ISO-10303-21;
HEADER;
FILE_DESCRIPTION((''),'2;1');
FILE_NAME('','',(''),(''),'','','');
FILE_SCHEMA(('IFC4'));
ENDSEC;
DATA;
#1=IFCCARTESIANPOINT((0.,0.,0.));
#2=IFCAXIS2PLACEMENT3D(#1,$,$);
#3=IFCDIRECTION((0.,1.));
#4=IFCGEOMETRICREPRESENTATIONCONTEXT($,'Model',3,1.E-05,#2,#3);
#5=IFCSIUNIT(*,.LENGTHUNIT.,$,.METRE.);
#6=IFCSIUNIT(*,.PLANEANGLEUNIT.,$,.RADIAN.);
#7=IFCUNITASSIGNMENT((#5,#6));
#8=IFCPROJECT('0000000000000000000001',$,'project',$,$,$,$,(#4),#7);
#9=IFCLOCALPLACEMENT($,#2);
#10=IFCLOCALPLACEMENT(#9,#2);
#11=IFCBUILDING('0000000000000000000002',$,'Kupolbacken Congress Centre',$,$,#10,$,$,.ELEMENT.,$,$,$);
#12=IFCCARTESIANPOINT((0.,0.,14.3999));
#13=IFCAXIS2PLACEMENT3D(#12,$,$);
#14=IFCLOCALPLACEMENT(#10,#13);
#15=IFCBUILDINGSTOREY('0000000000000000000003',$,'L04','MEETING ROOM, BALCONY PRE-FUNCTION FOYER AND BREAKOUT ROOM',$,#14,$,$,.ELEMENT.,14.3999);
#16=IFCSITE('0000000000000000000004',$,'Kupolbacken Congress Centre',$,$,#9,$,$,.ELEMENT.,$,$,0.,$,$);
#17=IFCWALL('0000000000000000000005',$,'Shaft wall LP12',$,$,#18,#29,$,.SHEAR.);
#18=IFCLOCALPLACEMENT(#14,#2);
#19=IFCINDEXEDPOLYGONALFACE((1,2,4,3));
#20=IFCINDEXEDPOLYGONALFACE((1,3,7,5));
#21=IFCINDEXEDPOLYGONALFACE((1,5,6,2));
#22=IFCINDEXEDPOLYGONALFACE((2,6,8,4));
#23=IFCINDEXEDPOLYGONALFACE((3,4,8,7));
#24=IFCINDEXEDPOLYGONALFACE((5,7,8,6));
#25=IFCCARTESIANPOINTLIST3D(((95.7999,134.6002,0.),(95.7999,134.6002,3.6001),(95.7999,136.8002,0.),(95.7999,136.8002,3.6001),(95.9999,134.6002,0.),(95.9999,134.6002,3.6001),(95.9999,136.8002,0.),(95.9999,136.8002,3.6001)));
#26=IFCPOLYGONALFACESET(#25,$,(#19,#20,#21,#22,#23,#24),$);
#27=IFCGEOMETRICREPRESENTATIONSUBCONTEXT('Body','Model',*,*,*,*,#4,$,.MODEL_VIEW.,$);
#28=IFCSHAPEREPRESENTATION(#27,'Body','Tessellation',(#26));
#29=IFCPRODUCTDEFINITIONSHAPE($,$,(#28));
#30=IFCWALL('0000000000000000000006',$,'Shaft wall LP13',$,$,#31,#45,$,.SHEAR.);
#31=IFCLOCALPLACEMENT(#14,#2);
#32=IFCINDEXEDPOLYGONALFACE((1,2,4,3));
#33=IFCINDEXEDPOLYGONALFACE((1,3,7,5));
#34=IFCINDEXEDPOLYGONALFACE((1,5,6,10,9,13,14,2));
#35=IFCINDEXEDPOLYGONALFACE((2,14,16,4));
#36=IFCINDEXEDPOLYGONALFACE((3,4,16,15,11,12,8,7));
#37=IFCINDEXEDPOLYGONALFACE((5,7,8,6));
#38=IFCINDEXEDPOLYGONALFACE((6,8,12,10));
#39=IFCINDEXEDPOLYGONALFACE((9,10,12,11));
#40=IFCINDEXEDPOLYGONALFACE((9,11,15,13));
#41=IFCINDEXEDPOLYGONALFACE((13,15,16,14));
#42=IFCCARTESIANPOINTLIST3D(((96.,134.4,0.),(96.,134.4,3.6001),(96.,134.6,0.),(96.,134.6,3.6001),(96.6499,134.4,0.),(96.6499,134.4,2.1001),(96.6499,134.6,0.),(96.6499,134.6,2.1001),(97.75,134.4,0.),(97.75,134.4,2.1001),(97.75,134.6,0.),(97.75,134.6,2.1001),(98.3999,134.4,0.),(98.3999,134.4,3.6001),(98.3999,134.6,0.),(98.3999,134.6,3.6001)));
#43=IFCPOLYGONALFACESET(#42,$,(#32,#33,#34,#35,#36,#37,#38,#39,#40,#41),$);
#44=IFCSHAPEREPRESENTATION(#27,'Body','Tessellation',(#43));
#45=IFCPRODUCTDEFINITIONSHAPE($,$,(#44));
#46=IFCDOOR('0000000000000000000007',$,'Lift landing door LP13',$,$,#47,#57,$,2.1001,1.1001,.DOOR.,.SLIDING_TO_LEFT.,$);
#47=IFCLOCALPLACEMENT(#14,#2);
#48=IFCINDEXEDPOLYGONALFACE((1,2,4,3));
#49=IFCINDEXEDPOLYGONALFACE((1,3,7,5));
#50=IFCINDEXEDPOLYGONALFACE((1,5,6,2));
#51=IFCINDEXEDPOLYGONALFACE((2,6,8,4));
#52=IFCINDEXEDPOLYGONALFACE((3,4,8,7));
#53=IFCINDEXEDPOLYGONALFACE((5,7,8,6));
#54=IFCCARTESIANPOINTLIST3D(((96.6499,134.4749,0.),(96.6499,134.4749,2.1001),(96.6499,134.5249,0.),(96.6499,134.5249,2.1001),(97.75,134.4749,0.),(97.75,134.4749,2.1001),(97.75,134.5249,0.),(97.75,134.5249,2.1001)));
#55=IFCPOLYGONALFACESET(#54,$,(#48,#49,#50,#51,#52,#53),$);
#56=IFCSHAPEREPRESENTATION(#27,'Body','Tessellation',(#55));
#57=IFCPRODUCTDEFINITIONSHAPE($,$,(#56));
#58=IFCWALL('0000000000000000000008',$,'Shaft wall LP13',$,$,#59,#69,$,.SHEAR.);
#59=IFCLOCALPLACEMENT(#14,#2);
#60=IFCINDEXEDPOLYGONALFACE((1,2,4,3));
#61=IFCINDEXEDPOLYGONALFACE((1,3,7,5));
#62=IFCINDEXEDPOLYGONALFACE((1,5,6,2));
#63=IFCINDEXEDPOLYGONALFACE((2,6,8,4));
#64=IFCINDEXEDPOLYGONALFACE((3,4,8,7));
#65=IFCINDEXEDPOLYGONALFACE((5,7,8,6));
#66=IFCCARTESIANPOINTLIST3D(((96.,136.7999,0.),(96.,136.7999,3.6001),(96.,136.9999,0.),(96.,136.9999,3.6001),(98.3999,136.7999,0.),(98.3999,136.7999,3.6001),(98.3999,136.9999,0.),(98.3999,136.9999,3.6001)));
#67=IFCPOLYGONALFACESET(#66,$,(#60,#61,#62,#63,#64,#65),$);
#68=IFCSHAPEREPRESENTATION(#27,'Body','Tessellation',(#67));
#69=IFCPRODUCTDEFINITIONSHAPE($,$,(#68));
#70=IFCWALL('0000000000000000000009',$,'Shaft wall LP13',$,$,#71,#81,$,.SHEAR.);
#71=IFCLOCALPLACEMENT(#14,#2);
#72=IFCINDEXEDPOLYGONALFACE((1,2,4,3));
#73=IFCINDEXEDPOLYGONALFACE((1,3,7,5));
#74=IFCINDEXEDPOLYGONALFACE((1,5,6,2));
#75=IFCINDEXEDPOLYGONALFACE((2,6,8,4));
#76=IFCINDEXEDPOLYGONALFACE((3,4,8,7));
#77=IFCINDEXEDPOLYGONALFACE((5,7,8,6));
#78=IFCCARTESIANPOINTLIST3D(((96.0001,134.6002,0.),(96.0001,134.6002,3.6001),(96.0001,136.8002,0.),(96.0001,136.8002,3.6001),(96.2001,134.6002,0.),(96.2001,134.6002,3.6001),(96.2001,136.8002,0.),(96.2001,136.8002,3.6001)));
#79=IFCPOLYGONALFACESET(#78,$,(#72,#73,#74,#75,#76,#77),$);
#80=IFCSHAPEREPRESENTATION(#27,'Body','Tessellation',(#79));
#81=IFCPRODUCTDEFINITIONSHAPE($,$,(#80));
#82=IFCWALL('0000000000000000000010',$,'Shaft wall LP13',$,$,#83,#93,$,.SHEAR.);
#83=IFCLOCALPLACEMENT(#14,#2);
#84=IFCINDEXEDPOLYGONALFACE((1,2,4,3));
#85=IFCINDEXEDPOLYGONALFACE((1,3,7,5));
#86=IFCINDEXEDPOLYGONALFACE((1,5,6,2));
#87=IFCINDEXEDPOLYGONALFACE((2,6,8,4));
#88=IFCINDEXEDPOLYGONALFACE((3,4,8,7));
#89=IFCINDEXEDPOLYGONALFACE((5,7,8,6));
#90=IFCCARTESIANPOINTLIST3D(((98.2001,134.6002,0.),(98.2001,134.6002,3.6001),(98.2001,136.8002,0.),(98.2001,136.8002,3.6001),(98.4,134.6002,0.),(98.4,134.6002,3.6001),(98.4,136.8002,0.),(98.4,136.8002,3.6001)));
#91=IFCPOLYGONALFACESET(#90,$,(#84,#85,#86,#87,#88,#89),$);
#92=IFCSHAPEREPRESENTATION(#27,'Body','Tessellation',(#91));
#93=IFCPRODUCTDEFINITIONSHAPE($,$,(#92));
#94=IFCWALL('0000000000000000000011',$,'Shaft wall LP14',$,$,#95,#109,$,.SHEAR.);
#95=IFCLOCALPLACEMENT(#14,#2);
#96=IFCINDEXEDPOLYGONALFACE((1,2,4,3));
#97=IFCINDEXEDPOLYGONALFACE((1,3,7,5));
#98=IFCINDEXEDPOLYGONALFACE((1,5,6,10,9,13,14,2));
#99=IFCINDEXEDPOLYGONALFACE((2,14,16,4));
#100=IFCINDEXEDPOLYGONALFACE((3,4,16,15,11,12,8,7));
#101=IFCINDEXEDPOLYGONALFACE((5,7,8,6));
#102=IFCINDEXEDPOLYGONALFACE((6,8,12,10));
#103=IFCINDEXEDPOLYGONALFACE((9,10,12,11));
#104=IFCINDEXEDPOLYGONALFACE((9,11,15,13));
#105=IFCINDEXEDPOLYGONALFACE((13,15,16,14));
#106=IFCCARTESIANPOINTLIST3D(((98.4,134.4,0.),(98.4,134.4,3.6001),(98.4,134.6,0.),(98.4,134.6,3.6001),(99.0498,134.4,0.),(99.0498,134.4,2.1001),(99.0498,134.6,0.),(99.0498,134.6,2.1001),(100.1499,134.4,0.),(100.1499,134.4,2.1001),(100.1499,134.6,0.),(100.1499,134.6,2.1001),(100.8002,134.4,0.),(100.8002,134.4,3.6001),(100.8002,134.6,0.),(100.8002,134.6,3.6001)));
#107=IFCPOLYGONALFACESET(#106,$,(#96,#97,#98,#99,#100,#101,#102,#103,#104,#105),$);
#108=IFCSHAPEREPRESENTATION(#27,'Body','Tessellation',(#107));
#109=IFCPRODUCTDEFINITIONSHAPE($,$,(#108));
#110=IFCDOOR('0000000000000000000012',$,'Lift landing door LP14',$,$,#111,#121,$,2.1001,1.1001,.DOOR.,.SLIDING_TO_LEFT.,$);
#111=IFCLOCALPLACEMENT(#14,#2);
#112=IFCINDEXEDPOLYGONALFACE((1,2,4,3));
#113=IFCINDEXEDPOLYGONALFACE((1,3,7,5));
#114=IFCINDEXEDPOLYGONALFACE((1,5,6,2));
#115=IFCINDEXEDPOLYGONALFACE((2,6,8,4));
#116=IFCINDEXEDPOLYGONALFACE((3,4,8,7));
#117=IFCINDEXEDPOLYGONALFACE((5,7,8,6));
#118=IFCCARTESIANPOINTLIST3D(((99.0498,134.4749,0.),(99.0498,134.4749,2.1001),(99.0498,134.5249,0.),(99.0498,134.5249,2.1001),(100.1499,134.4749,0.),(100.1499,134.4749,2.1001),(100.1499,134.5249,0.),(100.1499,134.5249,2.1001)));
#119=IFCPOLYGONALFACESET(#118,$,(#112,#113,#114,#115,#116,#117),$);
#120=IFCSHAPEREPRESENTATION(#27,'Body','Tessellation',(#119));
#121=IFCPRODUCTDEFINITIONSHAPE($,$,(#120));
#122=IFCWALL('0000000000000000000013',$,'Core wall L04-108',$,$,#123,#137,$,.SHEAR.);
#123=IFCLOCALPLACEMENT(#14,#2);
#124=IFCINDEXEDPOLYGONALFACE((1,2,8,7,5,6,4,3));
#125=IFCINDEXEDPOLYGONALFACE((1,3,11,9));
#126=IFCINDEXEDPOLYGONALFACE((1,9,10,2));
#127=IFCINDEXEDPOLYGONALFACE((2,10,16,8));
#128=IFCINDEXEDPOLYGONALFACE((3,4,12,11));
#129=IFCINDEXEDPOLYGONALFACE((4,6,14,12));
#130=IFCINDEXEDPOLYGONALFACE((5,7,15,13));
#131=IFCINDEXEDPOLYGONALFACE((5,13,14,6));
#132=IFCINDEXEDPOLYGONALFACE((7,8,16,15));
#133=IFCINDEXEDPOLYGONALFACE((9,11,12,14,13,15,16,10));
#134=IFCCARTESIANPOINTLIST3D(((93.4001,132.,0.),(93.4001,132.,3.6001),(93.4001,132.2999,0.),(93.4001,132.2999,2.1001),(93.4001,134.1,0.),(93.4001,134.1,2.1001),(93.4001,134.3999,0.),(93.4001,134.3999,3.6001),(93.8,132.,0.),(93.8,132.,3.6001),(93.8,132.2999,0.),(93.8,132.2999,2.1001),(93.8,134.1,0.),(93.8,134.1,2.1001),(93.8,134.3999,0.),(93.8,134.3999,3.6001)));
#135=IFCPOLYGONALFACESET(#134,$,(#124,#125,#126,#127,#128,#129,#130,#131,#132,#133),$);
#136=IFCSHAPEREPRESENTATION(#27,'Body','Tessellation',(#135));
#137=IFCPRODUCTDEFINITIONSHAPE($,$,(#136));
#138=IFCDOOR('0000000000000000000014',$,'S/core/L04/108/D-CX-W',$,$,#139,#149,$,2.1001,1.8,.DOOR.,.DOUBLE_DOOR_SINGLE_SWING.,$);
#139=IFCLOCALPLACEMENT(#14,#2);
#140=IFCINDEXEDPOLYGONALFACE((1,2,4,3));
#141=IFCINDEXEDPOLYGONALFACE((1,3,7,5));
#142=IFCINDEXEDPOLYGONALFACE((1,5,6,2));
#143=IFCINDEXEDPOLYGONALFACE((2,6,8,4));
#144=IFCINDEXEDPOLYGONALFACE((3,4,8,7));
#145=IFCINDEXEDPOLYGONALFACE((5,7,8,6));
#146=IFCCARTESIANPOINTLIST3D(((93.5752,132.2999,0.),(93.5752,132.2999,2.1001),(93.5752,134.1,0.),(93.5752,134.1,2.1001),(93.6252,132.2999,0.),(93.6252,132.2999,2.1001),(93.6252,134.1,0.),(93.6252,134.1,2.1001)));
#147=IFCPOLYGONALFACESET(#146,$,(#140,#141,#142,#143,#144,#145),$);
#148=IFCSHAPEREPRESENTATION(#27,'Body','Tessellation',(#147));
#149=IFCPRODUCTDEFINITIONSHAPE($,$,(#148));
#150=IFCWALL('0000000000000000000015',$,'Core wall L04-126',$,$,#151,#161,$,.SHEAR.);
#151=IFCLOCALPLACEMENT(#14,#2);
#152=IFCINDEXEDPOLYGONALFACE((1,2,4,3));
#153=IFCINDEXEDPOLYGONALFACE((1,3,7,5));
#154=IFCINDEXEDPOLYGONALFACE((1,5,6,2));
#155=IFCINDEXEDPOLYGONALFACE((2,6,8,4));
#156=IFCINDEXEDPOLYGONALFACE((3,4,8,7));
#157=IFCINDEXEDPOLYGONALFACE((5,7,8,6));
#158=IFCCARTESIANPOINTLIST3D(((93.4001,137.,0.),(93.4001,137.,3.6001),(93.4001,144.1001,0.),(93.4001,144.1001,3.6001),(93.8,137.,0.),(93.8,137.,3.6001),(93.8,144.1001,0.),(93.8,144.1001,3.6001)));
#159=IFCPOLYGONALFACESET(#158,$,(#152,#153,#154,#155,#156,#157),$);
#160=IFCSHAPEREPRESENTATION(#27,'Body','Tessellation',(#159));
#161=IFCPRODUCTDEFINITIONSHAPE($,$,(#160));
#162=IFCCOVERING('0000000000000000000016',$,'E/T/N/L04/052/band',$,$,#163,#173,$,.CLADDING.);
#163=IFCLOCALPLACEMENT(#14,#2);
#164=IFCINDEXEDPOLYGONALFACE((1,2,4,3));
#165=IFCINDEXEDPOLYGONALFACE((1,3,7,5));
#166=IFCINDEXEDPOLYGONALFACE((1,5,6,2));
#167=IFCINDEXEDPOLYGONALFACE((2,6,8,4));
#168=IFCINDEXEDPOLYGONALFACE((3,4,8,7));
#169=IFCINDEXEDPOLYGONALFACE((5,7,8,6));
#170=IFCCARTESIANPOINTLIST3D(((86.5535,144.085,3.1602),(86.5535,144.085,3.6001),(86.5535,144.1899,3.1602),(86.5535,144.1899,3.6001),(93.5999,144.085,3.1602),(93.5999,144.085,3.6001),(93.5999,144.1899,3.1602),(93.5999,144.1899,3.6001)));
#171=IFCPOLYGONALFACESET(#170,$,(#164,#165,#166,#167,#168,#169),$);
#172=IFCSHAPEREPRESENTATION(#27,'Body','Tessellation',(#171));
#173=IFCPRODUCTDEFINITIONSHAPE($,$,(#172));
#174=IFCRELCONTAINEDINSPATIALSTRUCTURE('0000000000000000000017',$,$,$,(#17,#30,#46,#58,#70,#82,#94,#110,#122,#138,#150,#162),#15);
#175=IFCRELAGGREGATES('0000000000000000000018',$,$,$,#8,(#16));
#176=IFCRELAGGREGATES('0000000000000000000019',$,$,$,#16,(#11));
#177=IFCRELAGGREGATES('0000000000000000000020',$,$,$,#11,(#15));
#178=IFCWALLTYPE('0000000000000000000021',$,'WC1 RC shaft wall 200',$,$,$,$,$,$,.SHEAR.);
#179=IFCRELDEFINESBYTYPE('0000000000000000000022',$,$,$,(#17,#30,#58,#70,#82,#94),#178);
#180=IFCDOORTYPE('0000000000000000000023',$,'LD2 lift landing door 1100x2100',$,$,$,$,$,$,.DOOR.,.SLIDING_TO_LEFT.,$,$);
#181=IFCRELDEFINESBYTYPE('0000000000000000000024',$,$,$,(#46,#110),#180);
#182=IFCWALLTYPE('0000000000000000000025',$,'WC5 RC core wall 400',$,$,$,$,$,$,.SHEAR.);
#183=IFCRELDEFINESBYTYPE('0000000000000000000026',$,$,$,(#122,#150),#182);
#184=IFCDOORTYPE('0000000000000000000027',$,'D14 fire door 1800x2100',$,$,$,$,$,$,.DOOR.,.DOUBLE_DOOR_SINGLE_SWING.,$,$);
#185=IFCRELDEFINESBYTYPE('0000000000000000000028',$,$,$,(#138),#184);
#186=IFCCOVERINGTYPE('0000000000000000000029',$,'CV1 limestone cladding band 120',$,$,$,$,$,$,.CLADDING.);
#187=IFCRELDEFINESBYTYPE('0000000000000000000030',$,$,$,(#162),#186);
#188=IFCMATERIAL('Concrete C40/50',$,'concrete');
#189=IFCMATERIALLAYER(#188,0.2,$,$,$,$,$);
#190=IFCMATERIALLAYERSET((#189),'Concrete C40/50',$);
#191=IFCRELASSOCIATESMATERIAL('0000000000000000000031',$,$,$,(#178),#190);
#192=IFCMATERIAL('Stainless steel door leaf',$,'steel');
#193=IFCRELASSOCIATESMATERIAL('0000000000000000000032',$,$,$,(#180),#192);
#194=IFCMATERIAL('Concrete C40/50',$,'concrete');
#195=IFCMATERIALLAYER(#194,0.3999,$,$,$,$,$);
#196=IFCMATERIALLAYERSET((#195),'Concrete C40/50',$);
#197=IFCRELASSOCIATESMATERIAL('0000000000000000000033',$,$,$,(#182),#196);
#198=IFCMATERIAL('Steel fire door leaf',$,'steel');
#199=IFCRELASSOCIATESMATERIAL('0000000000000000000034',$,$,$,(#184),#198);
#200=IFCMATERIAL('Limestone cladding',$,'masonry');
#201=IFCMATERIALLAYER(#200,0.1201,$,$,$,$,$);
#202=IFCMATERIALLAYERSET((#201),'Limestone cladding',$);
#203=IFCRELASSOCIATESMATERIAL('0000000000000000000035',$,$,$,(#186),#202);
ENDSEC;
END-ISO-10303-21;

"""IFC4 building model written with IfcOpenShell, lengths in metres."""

from ifc_helpers import new_model, si_unit, direction, frame, frame_2d, origin, origin_2d, place, context, subcontext, project, spatial, rectangle, extrude, material, layer, layer_set, type_object, element, fill, save


model = new_model("IFC4")

# Units and contexts
model_context = context("Model", 3, precision=1e-05, world=origin(), true_north=direction((0.0, 1.0)))
body_context = subcontext(model_context, "Body", "Model", "MODEL_VIEW")
ifc_project = project(units=[si_unit("LENGTHUNIT", "METRE"), si_unit("PLANEANGLEUNIT", "RADIAN")], contexts=[model_context])

# Site, building, storey
site_placement = place(None, origin())
site = spatial("IfcSite", under=ifc_project, at=site_placement, Name="Kupolbacken Congress Centre", CompositionType="ELEMENT", RefElevation=0.0)
building_placement = place(site_placement, origin())
building = spatial("IfcBuilding", under=site, at=building_placement, Name="Kupolbacken Congress Centre", CompositionType="ELEMENT")
storey_placement = place(building_placement, frame((0.0, 0.0, 14.3999)))
storey = spatial("IfcBuildingStorey", under=building, at=storey_placement, Name="L04", Description="MEETING ROOM, BALCONY PRE-FUNCTION FOYER AND BREAKOUT ROOM", CompositionType="ELEMENT", Elevation=14.3999)

# Shared definitions
ifc_material_1 = material(Name="Concrete C40/50", Category="concrete")
ifc_layer_1 = layer(ifc_material_1, 0.2)
ifc_layer_set_1 = layer_set([ifc_layer_1], Name="Concrete C40/50")
wall_type_1 = type_object("IfcWallType", Name="WC1 RC shaft wall 200", PredefinedType="SHEAR", material=ifc_layer_set_1)
ifc_material_2 = material(Name="Stainless steel door leaf", Category="steel")
door_type_1 = type_object("IfcDoorType", Name="LD2 lift landing door 1100x2100", OperationType="SLIDING_TO_LEFT", PredefinedType="DOOR", material=ifc_material_2)

# Wall
for number, where, z_axis, x_axis, name in (
    (1, (95.8999, 134.6001, 0.0), (0.0, 0.0, 1.0), (0.0, 1.0, 0.0), "Shaft wall LP12"),
):
    element("IfcWall", number, at=place(storey_placement, frame(where, z_axis=z_axis, x_axis=x_axis)), inside=storey, type_object=wall_type_1, Name=name, PredefinedType="SHEAR", context=body_context, shape_type="SweptSolid", body=[
        extrude(rectangle(XDim=2.2, YDim=0.2, at=frame_2d((1.1001, 0.0))), origin(), (0.0, 0.0, 1.0), 3.6001),
    ])

# Wall, opening, door
wall_1_placement = place(storey_placement, frame((96.0, 134.5, 0.0), z_axis=(0.0, 0.0, 1.0), x_axis=(1.0, 0.0, 0.0)))
wall_1 = element("IfcWall", 2, at=wall_1_placement, inside=storey, type_object=wall_type_1, Name="Shaft wall LP13", PredefinedType="SHEAR", context=body_context, shape_type="SweptSolid", body=[
    extrude(rectangle(XDim=2.3999, YDim=0.2, at=frame_2d((1.2, 0.0))), origin(), (0.0, 0.0, 1.0), 3.6001),
])
opening_1_placement = place(wall_1_placement, frame((0.6499, 0.0, 0.0)))
opening_1 = element("IfcOpeningElement", 3, at=opening_1_placement, cuts=wall_1, PredefinedType="OPENING", context=body_context, shape_type="SweptSolid", body=[
    extrude(rectangle(XDim=1.1001, YDim=2.1001, at=frame_2d((0.55, 1.05))), frame((0.0, 0.1099, 0.0), z_axis=(0.0, -1.0, 0.0), x_axis=(1.0, 0.0, 0.0)), (0.0, 0.0, 1.0), 0.22),
])
door_1_placement = place(opening_1_placement, origin())
door_1 = element("IfcDoor", 4, at=door_1_placement, inside=storey, type_object=door_type_1, Name="Lift landing door LP13", OperationType="SLIDING_TO_LEFT", OverallHeight=2.1001, OverallWidth=1.1001, PredefinedType="DOOR", context=body_context, shape_type="SweptSolid", body=[
    extrude(rectangle(XDim=1.1001, YDim=2.1001, at=frame_2d((0.55, 1.05))), frame((0.0, 0.0249, 0.0), z_axis=(0.0, -1.0, 0.0), x_axis=(1.0, 0.0, 0.0)), (0.0, 0.0, 1.0), 0.05),
])
fill(opening_1, door_1)

# Walls
wall_2_placement = place(storey_placement, frame((96.0, 136.8999, 0.0), z_axis=(0.0, 0.0, 1.0), x_axis=(1.0, 0.0, 0.0)))
element("IfcWall", 5, at=wall_2_placement, inside=storey, type_object=wall_type_1, Name="Shaft wall LP13", PredefinedType="SHEAR", context=body_context, shape_type="SweptSolid", body=[
    extrude(rectangle(XDim=2.3999, YDim=0.2, at=frame_2d((1.2, 0.0))), origin(), (0.0, 0.0, 1.0), 3.6001),
])
for number, where, z_axis, x_axis, name in (
    (6, (96.1001, 134.6001, 0.0), (0.0, 0.0, 1.0), (0.0, 1.0, 0.0), "Shaft wall LP13"),
    (7, (98.3, 134.6001, 0.0), (0.0, 0.0, 1.0), (0.0, 1.0, 0.0), "Shaft wall LP13"),
):
    element("IfcWall", number, at=place(storey_placement, frame(where, z_axis=z_axis, x_axis=x_axis)), inside=storey, type_object=wall_type_1, Name=name, PredefinedType="SHEAR", context=body_context, shape_type="SweptSolid", body=[
        extrude(rectangle(XDim=2.2, YDim=0.2, at=frame_2d((1.1001, 0.0))), origin(), (0.0, 0.0, 1.0), 3.6001),
    ])

# Walls, openings, doors
wall_3_placement = place(storey_placement, frame((98.3999, 134.5, 0.0), z_axis=(0.0, 0.0, 1.0), x_axis=(1.0, 0.0, 0.0)))
wall_3 = element("IfcWall", 8, at=wall_3_placement, inside=storey, type_object=wall_type_1, Name="Shaft wall LP14", PredefinedType="SHEAR", context=body_context, shape_type="SweptSolid", body=[
    extrude(rectangle(XDim=2.4001, YDim=0.2, at=frame_2d((1.2002, 0.0))), origin(), (0.0, 0.0, 1.0), 3.6001),
])
opening_2_placement = place(wall_3_placement, frame((0.6499, 0.0, 0.0)))
opening_2 = element("IfcOpeningElement", 9, at=opening_2_placement, cuts=wall_3, PredefinedType="OPENING", context=body_context, shape_type="SweptSolid", body=[
    extrude(rectangle(XDim=1.1001, YDim=2.1001, at=frame_2d((0.55, 1.05))), frame((0.0, 0.1099, 0.0), z_axis=(0.0, -1.0, 0.0), x_axis=(1.0, 0.0, 0.0)), (0.0, 0.0, 1.0), 0.22),
])
door_2_placement = place(opening_2_placement, origin())
door_2 = element("IfcDoor", 10, at=door_2_placement, inside=storey, type_object=door_type_1, Name="Lift landing door LP14", OperationType="SLIDING_TO_LEFT", OverallHeight=2.1001, OverallWidth=1.1001, PredefinedType="DOOR", context=body_context, shape_type="SweptSolid", body=[
    extrude(rectangle(XDim=1.1001, YDim=2.1001, at=frame_2d((0.55, 1.05))), frame((0.0, 0.0249, 0.0), z_axis=(0.0, -1.0, 0.0), x_axis=(1.0, 0.0, 0.0)), (0.0, 0.0, 1.0), 0.05),
])
fill(opening_2, door_2)
ifc_material_3 = material(Name="Concrete C40/50", Category="concrete")
ifc_layer_2 = layer(ifc_material_3, 0.3999)
ifc_layer_set_2 = layer_set([ifc_layer_2], Name="Concrete C40/50")
wall_type_2 = type_object("IfcWallType", Name="WC5 RC core wall 400", PredefinedType="SHEAR", material=ifc_layer_set_2)
wall_4_placement = place(storey_placement, frame((93.6001, 132.0, 0.0), z_axis=(0.0, 0.0, 1.0), x_axis=(0.0, 1.0, 0.0)))
wall_4 = element("IfcWall", 11, at=wall_4_placement, inside=storey, type_object=wall_type_2, Name="Core wall L04-108", PredefinedType="SHEAR", context=body_context, shape_type="SweptSolid", body=[
    extrude(rectangle(XDim=2.3999, YDim=0.3999, at=frame_2d((1.2, 0.0))), origin(), (0.0, 0.0, 1.0), 3.6001),
])
opening_3_placement = place(wall_4_placement, frame((0.3, 0.0, 0.0)))
opening_3 = element("IfcOpeningElement", 12, at=opening_3_placement, cuts=wall_4, PredefinedType="OPENING", context=body_context, shape_type="SweptSolid", body=[
    extrude(rectangle(XDim=1.8, YDim=2.1001, at=frame_2d((0.8999, 1.05))), frame((0.0, 0.21, 0.0), z_axis=(0.0, -1.0, 0.0), x_axis=(1.0, 0.0, 0.0)), (0.0, 0.0, 1.0), 0.4199),
])
ifc_material_4 = material(Name="Steel fire door leaf", Category="steel")
door_type_2 = type_object("IfcDoorType", Name="D14 fire door 1800x2100", OperationType="DOUBLE_DOOR_SINGLE_SWING", PredefinedType="DOOR", material=ifc_material_4)
door_3_placement = place(opening_3_placement, origin())
door_3 = element("IfcDoor", 13, at=door_3_placement, inside=storey, type_object=door_type_2, Name="S/core/L04/108/D-CX-W", OperationType="DOUBLE_DOOR_SINGLE_SWING", OverallHeight=2.1001, OverallWidth=1.8, PredefinedType="DOOR", context=body_context, shape_type="SweptSolid", body=[
    extrude(rectangle(XDim=1.8, YDim=2.1001, at=frame_2d((0.8999, 1.05))), frame((0.0, 0.0249, 0.0), z_axis=(0.0, -1.0, 0.0), x_axis=(1.0, 0.0, 0.0)), (0.0, 0.0, 1.0), 0.05),
])
fill(opening_3, door_3)

# Wall
wall_5_placement = place(storey_placement, frame((93.6001, 144.1001, 0.0), z_axis=(0.0, 0.0, 1.0), x_axis=(0.0, -1.0, 0.0)))
element("IfcWall", 14, at=wall_5_placement, inside=storey, type_object=wall_type_2, Name="Core wall L04-126", PredefinedType="SHEAR", context=body_context, shape_type="SweptSolid", body=[
    extrude(rectangle(XDim=7.1001, YDim=0.3999, at=frame_2d((3.55, 0.0))), origin(), (0.0, 0.0, 1.0), 3.6001),
])

# Covering
ifc_material_5 = material(Name="Limestone cladding", Category="masonry")
ifc_layer_3 = layer(ifc_material_5, 0.1201)
ifc_layer_set_3 = layer_set([ifc_layer_3], Name="Limestone cladding")
covering_type = type_object("IfcCoveringType", Name="CV1 limestone cladding band 120", PredefinedType="CLADDING", material=ifc_layer_set_3)
covering_1_placement = place(storey_placement, frame((90.0767, 144.1375, 3.1602), z_axis=(0.0, 0.0, 1.0), x_axis=(-1.0, 0.0, 0.0)))
element("IfcCovering", 15, at=covering_1_placement, inside=storey, type_object=covering_type, Name="E/T/N/L04/052/band", PredefinedType="CLADDING", context=body_context, shape_type="SweptSolid", body=[
    extrude(rectangle(XDim=7.0464, YDim=0.105, at=origin_2d()), origin(), (0.0, 0.0, 1.0), 0.4399),
])

save(model, "model.ifc")
